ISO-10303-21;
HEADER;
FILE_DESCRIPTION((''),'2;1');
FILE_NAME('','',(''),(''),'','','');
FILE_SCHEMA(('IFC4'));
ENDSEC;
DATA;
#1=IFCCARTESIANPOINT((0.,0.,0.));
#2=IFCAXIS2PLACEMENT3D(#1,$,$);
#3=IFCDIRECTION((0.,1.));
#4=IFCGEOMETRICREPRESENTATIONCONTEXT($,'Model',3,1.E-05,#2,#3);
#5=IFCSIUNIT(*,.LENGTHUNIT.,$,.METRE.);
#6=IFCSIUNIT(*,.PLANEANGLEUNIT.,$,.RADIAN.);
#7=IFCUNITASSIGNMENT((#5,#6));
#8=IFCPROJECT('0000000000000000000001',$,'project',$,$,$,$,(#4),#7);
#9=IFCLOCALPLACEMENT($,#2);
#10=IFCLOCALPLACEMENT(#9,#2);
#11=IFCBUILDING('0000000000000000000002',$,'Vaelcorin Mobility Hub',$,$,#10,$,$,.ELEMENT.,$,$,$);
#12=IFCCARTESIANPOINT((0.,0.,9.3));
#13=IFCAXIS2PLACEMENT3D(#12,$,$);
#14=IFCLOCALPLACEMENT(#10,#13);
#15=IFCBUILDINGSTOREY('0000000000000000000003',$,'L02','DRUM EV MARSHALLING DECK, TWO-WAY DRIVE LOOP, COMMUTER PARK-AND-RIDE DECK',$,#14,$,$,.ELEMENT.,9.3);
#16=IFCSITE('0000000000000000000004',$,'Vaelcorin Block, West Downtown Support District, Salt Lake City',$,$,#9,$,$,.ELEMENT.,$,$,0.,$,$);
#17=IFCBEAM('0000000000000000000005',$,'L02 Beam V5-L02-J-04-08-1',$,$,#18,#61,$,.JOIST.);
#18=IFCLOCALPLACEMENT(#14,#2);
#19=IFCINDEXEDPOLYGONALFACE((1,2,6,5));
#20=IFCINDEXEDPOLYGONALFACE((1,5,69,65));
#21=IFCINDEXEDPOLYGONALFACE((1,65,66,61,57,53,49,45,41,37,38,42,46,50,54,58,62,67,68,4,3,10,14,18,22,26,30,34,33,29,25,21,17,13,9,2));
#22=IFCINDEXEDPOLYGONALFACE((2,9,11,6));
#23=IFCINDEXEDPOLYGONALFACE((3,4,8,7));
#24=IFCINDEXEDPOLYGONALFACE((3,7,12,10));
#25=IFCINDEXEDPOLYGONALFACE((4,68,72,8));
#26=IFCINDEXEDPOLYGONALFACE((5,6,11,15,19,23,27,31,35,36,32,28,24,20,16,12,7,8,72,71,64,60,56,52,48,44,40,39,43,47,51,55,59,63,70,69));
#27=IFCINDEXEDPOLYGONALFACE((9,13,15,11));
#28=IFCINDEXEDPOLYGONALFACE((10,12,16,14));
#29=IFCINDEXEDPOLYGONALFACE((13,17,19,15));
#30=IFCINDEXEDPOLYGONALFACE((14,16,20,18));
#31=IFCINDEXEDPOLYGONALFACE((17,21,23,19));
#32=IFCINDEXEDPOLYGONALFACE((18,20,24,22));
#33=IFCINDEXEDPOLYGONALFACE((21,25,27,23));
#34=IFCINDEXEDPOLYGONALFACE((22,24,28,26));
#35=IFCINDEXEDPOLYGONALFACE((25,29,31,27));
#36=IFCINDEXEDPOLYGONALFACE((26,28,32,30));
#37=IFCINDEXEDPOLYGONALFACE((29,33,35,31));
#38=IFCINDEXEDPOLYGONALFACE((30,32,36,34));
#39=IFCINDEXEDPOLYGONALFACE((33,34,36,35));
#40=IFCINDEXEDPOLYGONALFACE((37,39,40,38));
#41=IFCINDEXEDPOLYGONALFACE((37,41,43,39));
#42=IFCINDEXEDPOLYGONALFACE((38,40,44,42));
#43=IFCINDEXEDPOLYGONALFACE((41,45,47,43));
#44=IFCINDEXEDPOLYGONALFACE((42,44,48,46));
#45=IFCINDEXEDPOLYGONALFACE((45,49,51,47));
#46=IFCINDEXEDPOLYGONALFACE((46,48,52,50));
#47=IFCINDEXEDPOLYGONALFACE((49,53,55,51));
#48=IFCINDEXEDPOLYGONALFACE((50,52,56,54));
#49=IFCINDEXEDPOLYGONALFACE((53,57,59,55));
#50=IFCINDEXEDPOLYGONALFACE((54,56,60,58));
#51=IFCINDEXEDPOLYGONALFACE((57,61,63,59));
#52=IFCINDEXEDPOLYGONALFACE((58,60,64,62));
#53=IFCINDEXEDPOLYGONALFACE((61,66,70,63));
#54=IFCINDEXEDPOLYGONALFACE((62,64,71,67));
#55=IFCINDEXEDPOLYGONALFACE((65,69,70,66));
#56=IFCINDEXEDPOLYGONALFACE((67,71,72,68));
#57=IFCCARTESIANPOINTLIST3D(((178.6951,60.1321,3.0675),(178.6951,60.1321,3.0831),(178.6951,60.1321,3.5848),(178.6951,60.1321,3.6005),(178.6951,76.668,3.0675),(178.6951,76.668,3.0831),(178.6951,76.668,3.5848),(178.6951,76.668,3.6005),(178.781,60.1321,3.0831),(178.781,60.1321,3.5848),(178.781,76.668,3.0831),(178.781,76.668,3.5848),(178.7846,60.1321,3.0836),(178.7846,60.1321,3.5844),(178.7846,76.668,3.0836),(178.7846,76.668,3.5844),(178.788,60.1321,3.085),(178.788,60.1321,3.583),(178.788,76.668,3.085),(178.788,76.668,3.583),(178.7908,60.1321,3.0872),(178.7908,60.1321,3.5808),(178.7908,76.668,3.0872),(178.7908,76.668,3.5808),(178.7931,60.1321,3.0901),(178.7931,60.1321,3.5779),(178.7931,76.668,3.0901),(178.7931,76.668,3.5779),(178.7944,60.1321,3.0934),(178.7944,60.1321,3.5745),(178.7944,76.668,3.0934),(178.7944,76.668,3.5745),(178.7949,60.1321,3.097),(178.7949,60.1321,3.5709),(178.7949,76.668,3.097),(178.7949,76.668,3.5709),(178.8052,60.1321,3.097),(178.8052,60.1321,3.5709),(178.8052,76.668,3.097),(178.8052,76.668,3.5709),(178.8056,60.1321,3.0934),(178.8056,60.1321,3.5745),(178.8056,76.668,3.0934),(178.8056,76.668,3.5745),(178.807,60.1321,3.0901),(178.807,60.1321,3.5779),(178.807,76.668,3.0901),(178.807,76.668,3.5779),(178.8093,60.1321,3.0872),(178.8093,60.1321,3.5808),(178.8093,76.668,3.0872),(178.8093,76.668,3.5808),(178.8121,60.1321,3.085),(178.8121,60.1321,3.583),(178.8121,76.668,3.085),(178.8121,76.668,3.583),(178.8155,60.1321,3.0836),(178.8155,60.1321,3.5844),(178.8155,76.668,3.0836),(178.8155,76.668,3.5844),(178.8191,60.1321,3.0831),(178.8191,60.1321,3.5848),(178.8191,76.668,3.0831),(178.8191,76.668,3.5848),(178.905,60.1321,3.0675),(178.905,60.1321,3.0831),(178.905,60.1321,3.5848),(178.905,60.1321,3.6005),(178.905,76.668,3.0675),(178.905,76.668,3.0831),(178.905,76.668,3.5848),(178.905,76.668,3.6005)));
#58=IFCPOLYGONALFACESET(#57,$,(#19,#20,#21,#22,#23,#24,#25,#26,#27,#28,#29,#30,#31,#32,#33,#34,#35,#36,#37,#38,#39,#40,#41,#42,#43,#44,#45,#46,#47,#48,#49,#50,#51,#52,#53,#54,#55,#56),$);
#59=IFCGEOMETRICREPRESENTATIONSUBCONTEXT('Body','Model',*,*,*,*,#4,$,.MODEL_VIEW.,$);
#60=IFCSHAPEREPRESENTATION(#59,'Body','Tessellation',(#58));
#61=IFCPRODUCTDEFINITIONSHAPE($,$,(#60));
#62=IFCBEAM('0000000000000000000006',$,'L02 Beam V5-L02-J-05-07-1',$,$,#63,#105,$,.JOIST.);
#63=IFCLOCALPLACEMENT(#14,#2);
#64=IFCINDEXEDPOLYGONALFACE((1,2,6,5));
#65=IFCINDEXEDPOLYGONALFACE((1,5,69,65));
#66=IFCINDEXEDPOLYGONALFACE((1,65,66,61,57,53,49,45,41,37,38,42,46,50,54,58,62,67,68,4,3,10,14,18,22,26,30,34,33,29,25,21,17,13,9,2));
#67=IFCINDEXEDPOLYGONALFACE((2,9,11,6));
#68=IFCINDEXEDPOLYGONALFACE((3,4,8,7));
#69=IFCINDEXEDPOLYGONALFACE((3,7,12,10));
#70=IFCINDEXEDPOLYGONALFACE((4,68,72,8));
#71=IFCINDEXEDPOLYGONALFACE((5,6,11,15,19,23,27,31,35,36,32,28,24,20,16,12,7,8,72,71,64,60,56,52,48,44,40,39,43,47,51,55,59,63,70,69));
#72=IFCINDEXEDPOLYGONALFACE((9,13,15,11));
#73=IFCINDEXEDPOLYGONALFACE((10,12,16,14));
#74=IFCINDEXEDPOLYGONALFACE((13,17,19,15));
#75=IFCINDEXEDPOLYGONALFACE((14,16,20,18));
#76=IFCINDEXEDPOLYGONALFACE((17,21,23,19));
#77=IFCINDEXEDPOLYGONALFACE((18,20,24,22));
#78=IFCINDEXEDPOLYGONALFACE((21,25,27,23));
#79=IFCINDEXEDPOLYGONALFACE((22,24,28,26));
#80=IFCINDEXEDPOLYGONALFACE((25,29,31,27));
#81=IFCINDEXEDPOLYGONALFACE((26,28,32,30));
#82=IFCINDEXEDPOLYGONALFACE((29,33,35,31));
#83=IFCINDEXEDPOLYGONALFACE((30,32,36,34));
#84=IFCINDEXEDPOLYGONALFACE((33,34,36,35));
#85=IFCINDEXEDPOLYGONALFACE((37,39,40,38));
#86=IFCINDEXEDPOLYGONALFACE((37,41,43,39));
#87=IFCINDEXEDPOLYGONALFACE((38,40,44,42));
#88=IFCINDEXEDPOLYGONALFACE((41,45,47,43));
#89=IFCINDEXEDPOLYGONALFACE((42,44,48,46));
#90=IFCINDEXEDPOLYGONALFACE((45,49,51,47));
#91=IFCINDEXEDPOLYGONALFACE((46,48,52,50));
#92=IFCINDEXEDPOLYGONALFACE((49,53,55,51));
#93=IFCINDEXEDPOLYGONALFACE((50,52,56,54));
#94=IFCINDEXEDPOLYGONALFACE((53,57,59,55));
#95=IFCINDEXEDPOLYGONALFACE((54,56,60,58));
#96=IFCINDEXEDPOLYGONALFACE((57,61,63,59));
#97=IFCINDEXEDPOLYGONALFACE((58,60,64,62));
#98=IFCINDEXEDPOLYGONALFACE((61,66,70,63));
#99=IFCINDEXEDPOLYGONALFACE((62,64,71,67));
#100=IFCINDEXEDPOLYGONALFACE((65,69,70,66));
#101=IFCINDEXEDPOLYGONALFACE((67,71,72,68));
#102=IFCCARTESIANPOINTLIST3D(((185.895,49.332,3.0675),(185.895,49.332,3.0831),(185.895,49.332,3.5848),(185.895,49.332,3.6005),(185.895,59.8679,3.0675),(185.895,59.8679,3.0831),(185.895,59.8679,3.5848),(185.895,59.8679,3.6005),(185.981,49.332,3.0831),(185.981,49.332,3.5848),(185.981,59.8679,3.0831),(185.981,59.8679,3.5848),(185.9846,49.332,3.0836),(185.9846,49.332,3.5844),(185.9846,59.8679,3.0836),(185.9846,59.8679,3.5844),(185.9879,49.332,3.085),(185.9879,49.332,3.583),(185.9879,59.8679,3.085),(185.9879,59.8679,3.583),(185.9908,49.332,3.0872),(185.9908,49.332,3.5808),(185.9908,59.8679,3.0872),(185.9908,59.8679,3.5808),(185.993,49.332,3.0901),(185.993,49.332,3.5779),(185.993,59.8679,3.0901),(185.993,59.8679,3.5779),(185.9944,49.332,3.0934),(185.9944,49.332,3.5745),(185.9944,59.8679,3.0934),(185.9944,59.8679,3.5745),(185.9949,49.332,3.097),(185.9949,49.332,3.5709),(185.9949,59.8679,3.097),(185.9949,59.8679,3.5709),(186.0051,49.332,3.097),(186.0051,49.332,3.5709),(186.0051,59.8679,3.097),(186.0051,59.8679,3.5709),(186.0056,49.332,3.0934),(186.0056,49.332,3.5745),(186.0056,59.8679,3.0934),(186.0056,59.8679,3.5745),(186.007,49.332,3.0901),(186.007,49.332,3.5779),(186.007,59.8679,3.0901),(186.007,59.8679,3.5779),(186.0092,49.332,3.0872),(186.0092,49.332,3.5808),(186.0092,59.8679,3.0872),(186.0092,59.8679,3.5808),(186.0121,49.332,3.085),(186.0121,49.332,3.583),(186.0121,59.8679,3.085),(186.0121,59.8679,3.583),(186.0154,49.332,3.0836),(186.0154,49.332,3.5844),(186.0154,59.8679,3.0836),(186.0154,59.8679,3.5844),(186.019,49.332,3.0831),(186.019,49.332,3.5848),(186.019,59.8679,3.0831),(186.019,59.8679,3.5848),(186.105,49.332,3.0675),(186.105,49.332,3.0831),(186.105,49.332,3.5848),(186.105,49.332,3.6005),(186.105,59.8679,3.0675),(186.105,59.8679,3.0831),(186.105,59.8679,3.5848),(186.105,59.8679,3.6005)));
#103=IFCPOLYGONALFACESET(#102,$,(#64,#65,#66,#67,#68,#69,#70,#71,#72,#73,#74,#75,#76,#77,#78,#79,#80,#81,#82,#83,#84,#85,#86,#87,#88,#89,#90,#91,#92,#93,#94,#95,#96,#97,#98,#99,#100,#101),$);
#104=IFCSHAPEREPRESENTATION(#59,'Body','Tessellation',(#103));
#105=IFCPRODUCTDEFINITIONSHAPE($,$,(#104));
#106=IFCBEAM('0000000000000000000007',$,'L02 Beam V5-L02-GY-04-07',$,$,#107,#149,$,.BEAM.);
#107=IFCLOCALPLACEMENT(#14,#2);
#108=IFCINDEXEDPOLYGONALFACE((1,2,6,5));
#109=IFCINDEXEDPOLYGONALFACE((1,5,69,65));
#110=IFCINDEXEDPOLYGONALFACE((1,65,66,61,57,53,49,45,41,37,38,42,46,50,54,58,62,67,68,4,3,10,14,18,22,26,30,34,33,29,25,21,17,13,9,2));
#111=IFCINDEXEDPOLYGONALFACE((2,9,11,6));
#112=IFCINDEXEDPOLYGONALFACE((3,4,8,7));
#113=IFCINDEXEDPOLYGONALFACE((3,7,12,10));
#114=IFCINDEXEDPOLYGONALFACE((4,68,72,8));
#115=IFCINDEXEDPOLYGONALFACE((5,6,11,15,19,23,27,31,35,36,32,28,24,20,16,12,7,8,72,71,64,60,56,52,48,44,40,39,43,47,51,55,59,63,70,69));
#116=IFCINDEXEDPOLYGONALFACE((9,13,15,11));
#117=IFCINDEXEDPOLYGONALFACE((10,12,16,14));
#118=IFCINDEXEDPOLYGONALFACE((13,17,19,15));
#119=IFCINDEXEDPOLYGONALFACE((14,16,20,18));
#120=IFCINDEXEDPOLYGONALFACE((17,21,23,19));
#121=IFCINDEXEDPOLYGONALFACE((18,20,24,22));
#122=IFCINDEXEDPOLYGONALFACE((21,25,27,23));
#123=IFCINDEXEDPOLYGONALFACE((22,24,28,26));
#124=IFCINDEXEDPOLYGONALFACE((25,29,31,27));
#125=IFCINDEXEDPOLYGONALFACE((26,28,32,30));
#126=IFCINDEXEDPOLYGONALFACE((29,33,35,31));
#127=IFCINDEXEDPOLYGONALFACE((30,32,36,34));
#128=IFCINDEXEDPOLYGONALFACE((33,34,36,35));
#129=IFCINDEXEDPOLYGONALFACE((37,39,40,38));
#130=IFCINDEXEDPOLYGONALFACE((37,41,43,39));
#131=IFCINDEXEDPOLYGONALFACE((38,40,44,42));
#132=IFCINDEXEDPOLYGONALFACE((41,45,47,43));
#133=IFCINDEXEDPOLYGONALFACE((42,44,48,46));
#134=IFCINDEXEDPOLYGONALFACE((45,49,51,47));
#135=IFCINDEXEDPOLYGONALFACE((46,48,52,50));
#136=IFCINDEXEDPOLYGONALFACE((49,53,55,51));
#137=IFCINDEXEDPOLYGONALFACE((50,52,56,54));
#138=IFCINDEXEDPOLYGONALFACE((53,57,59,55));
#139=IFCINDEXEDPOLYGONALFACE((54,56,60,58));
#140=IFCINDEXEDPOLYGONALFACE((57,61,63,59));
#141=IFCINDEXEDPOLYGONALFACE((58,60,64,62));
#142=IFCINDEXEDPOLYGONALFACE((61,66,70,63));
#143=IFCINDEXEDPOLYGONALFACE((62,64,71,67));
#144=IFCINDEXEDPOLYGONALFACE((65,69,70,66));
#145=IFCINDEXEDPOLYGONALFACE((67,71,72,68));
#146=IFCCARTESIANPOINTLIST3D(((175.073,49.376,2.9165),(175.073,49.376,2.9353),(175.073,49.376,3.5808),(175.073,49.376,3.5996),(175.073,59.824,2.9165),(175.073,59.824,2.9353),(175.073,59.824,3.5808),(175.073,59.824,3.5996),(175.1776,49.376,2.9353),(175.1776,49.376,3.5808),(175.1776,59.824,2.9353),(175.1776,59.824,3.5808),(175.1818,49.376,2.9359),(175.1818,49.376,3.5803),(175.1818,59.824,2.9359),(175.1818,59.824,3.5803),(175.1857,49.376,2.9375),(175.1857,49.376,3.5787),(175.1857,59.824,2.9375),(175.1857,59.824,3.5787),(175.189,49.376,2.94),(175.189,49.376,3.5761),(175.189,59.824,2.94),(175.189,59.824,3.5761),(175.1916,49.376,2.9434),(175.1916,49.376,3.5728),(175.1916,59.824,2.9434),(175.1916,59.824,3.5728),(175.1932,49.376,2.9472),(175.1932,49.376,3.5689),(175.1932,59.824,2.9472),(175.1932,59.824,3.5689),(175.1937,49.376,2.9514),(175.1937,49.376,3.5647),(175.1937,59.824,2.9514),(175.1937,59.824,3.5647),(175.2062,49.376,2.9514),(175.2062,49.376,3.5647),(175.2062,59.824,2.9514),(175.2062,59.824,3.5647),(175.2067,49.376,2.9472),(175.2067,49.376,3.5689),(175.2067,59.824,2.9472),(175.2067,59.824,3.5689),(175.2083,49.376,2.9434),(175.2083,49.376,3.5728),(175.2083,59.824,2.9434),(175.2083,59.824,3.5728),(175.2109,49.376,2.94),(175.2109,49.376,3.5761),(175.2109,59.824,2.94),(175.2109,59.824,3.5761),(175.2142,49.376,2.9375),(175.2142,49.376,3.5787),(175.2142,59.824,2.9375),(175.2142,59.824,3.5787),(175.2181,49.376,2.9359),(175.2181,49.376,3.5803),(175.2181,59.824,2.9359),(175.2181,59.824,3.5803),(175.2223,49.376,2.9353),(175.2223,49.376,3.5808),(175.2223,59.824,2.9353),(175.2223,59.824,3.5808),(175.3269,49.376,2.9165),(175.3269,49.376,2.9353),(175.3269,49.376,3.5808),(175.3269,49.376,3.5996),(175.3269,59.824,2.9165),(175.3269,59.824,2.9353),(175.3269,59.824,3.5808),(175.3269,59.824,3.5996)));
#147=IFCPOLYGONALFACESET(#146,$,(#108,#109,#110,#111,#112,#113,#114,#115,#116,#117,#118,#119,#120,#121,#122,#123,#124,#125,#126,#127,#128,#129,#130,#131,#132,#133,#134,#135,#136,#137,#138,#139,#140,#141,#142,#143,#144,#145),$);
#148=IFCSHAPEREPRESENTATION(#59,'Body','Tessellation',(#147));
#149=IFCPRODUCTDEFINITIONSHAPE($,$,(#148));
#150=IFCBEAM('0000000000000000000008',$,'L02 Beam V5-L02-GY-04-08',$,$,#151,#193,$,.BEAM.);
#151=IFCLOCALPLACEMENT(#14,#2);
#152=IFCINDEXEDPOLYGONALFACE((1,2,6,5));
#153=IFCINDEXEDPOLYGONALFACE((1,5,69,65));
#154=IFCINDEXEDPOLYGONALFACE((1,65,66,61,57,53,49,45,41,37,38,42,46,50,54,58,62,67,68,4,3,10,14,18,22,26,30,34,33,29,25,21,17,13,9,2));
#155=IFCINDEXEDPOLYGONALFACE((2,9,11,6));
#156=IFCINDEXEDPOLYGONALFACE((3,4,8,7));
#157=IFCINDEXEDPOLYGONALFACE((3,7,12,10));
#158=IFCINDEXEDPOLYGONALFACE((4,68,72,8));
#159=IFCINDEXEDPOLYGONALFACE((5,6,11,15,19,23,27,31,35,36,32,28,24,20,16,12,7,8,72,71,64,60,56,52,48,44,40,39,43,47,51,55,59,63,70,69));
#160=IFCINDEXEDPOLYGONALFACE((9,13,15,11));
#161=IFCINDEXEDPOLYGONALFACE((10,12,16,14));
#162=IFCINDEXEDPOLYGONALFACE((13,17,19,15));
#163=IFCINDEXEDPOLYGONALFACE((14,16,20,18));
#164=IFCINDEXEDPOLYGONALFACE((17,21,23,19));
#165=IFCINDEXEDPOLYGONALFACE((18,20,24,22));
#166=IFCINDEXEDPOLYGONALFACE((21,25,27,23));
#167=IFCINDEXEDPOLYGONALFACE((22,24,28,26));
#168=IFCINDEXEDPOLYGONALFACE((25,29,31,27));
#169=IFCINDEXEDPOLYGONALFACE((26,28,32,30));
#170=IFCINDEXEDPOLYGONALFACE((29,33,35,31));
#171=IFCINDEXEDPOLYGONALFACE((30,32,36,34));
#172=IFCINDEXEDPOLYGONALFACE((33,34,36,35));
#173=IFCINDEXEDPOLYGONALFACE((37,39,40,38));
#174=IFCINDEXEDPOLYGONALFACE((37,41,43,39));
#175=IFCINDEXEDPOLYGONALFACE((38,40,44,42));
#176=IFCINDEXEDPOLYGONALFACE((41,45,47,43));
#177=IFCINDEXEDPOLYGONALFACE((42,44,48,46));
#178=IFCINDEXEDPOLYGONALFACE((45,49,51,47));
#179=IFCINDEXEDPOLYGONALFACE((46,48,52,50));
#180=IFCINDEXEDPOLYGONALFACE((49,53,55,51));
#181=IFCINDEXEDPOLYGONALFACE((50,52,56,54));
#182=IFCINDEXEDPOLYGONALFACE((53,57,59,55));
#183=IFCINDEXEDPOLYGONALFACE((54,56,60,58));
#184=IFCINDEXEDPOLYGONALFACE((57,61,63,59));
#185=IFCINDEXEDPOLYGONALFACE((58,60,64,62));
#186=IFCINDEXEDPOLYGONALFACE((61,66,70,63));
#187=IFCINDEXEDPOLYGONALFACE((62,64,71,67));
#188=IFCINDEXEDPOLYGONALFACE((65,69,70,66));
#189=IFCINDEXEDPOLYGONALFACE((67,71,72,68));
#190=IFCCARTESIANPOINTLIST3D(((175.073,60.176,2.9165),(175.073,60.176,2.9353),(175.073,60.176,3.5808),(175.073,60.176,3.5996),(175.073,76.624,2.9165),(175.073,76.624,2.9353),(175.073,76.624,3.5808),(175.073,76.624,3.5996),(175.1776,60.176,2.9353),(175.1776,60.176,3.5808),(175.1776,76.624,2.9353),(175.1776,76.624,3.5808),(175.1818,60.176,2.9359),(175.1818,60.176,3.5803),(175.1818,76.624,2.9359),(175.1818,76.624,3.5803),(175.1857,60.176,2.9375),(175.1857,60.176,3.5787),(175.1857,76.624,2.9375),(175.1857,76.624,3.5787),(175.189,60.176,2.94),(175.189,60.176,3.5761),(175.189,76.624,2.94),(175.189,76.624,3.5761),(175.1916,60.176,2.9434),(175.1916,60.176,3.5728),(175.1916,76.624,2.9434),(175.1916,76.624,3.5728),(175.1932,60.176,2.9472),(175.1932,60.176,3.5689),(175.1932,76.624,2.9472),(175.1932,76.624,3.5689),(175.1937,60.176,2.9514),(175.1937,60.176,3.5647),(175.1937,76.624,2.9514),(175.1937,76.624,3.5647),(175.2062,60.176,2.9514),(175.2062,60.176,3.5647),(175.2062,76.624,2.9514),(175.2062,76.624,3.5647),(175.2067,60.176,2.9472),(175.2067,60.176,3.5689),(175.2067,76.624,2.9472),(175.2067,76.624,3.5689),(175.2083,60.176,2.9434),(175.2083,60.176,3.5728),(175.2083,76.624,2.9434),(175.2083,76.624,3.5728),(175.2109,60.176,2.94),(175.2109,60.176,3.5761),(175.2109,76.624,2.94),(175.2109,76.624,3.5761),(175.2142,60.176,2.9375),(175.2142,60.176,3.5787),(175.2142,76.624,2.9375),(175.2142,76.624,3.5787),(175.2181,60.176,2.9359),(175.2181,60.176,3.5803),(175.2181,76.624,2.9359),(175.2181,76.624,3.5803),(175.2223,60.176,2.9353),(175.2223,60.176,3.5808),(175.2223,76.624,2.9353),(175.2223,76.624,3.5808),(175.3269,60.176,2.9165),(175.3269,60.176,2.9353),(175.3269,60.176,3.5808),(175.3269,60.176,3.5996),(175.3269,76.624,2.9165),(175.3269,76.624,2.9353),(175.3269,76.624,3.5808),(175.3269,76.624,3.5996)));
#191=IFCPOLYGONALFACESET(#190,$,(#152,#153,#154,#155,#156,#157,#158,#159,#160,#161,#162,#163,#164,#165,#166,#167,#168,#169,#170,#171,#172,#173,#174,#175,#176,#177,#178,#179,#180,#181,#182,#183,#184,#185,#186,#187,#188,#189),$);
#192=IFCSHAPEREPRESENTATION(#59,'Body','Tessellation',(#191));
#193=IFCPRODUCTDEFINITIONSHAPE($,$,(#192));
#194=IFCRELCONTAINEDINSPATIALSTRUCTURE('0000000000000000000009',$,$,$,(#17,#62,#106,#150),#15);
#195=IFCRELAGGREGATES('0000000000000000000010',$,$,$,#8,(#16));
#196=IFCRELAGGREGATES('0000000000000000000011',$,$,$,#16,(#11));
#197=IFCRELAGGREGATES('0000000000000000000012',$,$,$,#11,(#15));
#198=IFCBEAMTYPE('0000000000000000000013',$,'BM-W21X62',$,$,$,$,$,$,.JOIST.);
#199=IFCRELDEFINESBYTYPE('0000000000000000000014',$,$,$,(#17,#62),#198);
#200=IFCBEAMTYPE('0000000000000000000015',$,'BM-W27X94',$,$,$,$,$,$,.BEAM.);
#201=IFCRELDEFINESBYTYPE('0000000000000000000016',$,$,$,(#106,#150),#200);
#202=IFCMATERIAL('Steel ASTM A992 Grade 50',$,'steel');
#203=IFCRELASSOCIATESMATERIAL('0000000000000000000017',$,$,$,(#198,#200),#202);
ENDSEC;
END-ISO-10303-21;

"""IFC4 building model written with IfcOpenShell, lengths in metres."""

from ifc_helpers import new_model, si_unit, direction, frame, origin, origin_2d, place, context, subcontext, project, spatial, i_section, extrude, material, material_profile, profile_set, type_object, element, save


model = new_model("IFC4")

# Units and contexts
model_context = context("Model", 3, precision=1e-05, world=origin(), true_north=direction((0.0, 1.0)))
body_context = subcontext(model_context, "Body", "Model", "MODEL_VIEW")
ifc_project = project(units=[si_unit("LENGTHUNIT", "METRE"), si_unit("PLANEANGLEUNIT", "RADIAN")], contexts=[model_context])

# Site, building, storey
site_placement = place(None, origin())
site = spatial("IfcSite", under=ifc_project, at=site_placement, Name="Vaelcorin Block, West Downtown Support District, Salt Lake City", CompositionType="ELEMENT", RefElevation=0.0)
building_placement = place(site_placement, origin())
building = spatial("IfcBuilding", under=site, at=building_placement, Name="Vaelcorin Mobility Hub", CompositionType="ELEMENT")
storey_placement = place(building_placement, frame((0.0, 0.0, 9.3)))
storey = spatial("IfcBuildingStorey", under=building, at=storey_placement, Name="L02", Description="DRUM EV MARSHALLING DECK, TWO-WAY DRIVE LOOP, COMMUTER PARK-AND-RIDE DECK", CompositionType="ELEMENT", Elevation=9.3)

# Shared definitions
ifc_material_1 = material(Name="Steel ASTM A992 Grade 50", Category="steel")

# Beams
ifc_material_profile_1 = material_profile(ifc_material_1, i_section(OverallWidth=0.21, OverallDepth=0.533, WebThickness=0.0103, FlangeThickness=0.0156, FilletRadius=0.0139, at=origin_2d()), Name="W21X62")
ifc_profile_set_1 = profile_set([ifc_material_profile_1], Name="Steel ASTM A992 Grade 50")
beam_type_1 = type_object("IfcBeamType", Name="BM-W21X62", PredefinedType="JOIST", material=ifc_profile_set_1)
for number, where, z_axis, x_axis, name in (
    (1, (178.8, 60.1321, 3.334), (0.0, 1.0, 0.0), (-1.0, 0.0, 0.0), "L02 Beam V5-L02-J-04-08-1"),
):
    element("IfcBeam", number, at=place(storey_placement, frame(where, z_axis=z_axis, x_axis=x_axis)), inside=storey, type_object=beam_type_1, Name=name, PredefinedType="JOIST", context=body_context, shape_type="SweptSolid", body=[
        extrude(i_section(OverallWidth=0.21, OverallDepth=0.533, WebThickness=0.0103, FlangeThickness=0.0156, FilletRadius=0.0139, at=origin_2d()), origin(), (0.0, 0.0, 1.0), 16.5359),
    ])
beam_1_placement = place(storey_placement, frame((186.0, 49.332, 3.334), z_axis=(0.0, 1.0, 0.0), x_axis=(-1.0, 0.0, 0.0)))
element("IfcBeam", 2, at=beam_1_placement, inside=storey, type_object=beam_type_1, Name="L02 Beam V5-L02-J-05-07-1", PredefinedType="JOIST", context=body_context, shape_type="SweptSolid", body=[
    extrude(i_section(OverallWidth=0.21, OverallDepth=0.533, WebThickness=0.0103, FlangeThickness=0.0156, FilletRadius=0.0139, at=origin_2d()), origin(), (0.0, 0.0, 1.0), 10.5359),
])
ifc_material_profile_2 = material_profile(ifc_material_1, i_section(OverallWidth=0.2539, OverallDepth=0.6831, WebThickness=0.0125, FlangeThickness=0.0188, FilletRadius=0.0161, at=origin_2d()), Name="W27X94")
ifc_profile_set_2 = profile_set([ifc_material_profile_2], Name="Steel ASTM A992 Grade 50")
beam_type_2 = type_object("IfcBeamType", Name="BM-W27X94", PredefinedType="BEAM", material=ifc_profile_set_2)
beam_2_placement = place(storey_placement, frame((175.2, 49.376, 3.2581), z_axis=(0.0, 1.0, 0.0), x_axis=(-1.0, 0.0, 0.0)))
element("IfcBeam", 3, at=beam_2_placement, inside=storey, type_object=beam_type_2, Name="L02 Beam V5-L02-GY-04-07", PredefinedType="BEAM", context=body_context, shape_type="SweptSolid", body=[
    extrude(i_section(OverallWidth=0.2539, OverallDepth=0.6831, WebThickness=0.0125, FlangeThickness=0.0188, FilletRadius=0.0161, at=origin_2d()), origin(), (0.0, 0.0, 1.0), 10.448),
])
beam_3_placement = place(storey_placement, frame((175.2, 60.176, 3.2581), z_axis=(0.0, 1.0, 0.0), x_axis=(-1.0, 0.0, 0.0)))
element("IfcBeam", 4, at=beam_3_placement, inside=storey, type_object=beam_type_2, Name="L02 Beam V5-L02-GY-04-08", PredefinedType="BEAM", context=body_context, shape_type="SweptSolid", body=[
    extrude(i_section(OverallWidth=0.2539, OverallDepth=0.6831, WebThickness=0.0125, FlangeThickness=0.0188, FilletRadius=0.0161, at=origin_2d()), origin(), (0.0, 0.0, 1.0), 16.448),
])

save(model, "model.ifc")
